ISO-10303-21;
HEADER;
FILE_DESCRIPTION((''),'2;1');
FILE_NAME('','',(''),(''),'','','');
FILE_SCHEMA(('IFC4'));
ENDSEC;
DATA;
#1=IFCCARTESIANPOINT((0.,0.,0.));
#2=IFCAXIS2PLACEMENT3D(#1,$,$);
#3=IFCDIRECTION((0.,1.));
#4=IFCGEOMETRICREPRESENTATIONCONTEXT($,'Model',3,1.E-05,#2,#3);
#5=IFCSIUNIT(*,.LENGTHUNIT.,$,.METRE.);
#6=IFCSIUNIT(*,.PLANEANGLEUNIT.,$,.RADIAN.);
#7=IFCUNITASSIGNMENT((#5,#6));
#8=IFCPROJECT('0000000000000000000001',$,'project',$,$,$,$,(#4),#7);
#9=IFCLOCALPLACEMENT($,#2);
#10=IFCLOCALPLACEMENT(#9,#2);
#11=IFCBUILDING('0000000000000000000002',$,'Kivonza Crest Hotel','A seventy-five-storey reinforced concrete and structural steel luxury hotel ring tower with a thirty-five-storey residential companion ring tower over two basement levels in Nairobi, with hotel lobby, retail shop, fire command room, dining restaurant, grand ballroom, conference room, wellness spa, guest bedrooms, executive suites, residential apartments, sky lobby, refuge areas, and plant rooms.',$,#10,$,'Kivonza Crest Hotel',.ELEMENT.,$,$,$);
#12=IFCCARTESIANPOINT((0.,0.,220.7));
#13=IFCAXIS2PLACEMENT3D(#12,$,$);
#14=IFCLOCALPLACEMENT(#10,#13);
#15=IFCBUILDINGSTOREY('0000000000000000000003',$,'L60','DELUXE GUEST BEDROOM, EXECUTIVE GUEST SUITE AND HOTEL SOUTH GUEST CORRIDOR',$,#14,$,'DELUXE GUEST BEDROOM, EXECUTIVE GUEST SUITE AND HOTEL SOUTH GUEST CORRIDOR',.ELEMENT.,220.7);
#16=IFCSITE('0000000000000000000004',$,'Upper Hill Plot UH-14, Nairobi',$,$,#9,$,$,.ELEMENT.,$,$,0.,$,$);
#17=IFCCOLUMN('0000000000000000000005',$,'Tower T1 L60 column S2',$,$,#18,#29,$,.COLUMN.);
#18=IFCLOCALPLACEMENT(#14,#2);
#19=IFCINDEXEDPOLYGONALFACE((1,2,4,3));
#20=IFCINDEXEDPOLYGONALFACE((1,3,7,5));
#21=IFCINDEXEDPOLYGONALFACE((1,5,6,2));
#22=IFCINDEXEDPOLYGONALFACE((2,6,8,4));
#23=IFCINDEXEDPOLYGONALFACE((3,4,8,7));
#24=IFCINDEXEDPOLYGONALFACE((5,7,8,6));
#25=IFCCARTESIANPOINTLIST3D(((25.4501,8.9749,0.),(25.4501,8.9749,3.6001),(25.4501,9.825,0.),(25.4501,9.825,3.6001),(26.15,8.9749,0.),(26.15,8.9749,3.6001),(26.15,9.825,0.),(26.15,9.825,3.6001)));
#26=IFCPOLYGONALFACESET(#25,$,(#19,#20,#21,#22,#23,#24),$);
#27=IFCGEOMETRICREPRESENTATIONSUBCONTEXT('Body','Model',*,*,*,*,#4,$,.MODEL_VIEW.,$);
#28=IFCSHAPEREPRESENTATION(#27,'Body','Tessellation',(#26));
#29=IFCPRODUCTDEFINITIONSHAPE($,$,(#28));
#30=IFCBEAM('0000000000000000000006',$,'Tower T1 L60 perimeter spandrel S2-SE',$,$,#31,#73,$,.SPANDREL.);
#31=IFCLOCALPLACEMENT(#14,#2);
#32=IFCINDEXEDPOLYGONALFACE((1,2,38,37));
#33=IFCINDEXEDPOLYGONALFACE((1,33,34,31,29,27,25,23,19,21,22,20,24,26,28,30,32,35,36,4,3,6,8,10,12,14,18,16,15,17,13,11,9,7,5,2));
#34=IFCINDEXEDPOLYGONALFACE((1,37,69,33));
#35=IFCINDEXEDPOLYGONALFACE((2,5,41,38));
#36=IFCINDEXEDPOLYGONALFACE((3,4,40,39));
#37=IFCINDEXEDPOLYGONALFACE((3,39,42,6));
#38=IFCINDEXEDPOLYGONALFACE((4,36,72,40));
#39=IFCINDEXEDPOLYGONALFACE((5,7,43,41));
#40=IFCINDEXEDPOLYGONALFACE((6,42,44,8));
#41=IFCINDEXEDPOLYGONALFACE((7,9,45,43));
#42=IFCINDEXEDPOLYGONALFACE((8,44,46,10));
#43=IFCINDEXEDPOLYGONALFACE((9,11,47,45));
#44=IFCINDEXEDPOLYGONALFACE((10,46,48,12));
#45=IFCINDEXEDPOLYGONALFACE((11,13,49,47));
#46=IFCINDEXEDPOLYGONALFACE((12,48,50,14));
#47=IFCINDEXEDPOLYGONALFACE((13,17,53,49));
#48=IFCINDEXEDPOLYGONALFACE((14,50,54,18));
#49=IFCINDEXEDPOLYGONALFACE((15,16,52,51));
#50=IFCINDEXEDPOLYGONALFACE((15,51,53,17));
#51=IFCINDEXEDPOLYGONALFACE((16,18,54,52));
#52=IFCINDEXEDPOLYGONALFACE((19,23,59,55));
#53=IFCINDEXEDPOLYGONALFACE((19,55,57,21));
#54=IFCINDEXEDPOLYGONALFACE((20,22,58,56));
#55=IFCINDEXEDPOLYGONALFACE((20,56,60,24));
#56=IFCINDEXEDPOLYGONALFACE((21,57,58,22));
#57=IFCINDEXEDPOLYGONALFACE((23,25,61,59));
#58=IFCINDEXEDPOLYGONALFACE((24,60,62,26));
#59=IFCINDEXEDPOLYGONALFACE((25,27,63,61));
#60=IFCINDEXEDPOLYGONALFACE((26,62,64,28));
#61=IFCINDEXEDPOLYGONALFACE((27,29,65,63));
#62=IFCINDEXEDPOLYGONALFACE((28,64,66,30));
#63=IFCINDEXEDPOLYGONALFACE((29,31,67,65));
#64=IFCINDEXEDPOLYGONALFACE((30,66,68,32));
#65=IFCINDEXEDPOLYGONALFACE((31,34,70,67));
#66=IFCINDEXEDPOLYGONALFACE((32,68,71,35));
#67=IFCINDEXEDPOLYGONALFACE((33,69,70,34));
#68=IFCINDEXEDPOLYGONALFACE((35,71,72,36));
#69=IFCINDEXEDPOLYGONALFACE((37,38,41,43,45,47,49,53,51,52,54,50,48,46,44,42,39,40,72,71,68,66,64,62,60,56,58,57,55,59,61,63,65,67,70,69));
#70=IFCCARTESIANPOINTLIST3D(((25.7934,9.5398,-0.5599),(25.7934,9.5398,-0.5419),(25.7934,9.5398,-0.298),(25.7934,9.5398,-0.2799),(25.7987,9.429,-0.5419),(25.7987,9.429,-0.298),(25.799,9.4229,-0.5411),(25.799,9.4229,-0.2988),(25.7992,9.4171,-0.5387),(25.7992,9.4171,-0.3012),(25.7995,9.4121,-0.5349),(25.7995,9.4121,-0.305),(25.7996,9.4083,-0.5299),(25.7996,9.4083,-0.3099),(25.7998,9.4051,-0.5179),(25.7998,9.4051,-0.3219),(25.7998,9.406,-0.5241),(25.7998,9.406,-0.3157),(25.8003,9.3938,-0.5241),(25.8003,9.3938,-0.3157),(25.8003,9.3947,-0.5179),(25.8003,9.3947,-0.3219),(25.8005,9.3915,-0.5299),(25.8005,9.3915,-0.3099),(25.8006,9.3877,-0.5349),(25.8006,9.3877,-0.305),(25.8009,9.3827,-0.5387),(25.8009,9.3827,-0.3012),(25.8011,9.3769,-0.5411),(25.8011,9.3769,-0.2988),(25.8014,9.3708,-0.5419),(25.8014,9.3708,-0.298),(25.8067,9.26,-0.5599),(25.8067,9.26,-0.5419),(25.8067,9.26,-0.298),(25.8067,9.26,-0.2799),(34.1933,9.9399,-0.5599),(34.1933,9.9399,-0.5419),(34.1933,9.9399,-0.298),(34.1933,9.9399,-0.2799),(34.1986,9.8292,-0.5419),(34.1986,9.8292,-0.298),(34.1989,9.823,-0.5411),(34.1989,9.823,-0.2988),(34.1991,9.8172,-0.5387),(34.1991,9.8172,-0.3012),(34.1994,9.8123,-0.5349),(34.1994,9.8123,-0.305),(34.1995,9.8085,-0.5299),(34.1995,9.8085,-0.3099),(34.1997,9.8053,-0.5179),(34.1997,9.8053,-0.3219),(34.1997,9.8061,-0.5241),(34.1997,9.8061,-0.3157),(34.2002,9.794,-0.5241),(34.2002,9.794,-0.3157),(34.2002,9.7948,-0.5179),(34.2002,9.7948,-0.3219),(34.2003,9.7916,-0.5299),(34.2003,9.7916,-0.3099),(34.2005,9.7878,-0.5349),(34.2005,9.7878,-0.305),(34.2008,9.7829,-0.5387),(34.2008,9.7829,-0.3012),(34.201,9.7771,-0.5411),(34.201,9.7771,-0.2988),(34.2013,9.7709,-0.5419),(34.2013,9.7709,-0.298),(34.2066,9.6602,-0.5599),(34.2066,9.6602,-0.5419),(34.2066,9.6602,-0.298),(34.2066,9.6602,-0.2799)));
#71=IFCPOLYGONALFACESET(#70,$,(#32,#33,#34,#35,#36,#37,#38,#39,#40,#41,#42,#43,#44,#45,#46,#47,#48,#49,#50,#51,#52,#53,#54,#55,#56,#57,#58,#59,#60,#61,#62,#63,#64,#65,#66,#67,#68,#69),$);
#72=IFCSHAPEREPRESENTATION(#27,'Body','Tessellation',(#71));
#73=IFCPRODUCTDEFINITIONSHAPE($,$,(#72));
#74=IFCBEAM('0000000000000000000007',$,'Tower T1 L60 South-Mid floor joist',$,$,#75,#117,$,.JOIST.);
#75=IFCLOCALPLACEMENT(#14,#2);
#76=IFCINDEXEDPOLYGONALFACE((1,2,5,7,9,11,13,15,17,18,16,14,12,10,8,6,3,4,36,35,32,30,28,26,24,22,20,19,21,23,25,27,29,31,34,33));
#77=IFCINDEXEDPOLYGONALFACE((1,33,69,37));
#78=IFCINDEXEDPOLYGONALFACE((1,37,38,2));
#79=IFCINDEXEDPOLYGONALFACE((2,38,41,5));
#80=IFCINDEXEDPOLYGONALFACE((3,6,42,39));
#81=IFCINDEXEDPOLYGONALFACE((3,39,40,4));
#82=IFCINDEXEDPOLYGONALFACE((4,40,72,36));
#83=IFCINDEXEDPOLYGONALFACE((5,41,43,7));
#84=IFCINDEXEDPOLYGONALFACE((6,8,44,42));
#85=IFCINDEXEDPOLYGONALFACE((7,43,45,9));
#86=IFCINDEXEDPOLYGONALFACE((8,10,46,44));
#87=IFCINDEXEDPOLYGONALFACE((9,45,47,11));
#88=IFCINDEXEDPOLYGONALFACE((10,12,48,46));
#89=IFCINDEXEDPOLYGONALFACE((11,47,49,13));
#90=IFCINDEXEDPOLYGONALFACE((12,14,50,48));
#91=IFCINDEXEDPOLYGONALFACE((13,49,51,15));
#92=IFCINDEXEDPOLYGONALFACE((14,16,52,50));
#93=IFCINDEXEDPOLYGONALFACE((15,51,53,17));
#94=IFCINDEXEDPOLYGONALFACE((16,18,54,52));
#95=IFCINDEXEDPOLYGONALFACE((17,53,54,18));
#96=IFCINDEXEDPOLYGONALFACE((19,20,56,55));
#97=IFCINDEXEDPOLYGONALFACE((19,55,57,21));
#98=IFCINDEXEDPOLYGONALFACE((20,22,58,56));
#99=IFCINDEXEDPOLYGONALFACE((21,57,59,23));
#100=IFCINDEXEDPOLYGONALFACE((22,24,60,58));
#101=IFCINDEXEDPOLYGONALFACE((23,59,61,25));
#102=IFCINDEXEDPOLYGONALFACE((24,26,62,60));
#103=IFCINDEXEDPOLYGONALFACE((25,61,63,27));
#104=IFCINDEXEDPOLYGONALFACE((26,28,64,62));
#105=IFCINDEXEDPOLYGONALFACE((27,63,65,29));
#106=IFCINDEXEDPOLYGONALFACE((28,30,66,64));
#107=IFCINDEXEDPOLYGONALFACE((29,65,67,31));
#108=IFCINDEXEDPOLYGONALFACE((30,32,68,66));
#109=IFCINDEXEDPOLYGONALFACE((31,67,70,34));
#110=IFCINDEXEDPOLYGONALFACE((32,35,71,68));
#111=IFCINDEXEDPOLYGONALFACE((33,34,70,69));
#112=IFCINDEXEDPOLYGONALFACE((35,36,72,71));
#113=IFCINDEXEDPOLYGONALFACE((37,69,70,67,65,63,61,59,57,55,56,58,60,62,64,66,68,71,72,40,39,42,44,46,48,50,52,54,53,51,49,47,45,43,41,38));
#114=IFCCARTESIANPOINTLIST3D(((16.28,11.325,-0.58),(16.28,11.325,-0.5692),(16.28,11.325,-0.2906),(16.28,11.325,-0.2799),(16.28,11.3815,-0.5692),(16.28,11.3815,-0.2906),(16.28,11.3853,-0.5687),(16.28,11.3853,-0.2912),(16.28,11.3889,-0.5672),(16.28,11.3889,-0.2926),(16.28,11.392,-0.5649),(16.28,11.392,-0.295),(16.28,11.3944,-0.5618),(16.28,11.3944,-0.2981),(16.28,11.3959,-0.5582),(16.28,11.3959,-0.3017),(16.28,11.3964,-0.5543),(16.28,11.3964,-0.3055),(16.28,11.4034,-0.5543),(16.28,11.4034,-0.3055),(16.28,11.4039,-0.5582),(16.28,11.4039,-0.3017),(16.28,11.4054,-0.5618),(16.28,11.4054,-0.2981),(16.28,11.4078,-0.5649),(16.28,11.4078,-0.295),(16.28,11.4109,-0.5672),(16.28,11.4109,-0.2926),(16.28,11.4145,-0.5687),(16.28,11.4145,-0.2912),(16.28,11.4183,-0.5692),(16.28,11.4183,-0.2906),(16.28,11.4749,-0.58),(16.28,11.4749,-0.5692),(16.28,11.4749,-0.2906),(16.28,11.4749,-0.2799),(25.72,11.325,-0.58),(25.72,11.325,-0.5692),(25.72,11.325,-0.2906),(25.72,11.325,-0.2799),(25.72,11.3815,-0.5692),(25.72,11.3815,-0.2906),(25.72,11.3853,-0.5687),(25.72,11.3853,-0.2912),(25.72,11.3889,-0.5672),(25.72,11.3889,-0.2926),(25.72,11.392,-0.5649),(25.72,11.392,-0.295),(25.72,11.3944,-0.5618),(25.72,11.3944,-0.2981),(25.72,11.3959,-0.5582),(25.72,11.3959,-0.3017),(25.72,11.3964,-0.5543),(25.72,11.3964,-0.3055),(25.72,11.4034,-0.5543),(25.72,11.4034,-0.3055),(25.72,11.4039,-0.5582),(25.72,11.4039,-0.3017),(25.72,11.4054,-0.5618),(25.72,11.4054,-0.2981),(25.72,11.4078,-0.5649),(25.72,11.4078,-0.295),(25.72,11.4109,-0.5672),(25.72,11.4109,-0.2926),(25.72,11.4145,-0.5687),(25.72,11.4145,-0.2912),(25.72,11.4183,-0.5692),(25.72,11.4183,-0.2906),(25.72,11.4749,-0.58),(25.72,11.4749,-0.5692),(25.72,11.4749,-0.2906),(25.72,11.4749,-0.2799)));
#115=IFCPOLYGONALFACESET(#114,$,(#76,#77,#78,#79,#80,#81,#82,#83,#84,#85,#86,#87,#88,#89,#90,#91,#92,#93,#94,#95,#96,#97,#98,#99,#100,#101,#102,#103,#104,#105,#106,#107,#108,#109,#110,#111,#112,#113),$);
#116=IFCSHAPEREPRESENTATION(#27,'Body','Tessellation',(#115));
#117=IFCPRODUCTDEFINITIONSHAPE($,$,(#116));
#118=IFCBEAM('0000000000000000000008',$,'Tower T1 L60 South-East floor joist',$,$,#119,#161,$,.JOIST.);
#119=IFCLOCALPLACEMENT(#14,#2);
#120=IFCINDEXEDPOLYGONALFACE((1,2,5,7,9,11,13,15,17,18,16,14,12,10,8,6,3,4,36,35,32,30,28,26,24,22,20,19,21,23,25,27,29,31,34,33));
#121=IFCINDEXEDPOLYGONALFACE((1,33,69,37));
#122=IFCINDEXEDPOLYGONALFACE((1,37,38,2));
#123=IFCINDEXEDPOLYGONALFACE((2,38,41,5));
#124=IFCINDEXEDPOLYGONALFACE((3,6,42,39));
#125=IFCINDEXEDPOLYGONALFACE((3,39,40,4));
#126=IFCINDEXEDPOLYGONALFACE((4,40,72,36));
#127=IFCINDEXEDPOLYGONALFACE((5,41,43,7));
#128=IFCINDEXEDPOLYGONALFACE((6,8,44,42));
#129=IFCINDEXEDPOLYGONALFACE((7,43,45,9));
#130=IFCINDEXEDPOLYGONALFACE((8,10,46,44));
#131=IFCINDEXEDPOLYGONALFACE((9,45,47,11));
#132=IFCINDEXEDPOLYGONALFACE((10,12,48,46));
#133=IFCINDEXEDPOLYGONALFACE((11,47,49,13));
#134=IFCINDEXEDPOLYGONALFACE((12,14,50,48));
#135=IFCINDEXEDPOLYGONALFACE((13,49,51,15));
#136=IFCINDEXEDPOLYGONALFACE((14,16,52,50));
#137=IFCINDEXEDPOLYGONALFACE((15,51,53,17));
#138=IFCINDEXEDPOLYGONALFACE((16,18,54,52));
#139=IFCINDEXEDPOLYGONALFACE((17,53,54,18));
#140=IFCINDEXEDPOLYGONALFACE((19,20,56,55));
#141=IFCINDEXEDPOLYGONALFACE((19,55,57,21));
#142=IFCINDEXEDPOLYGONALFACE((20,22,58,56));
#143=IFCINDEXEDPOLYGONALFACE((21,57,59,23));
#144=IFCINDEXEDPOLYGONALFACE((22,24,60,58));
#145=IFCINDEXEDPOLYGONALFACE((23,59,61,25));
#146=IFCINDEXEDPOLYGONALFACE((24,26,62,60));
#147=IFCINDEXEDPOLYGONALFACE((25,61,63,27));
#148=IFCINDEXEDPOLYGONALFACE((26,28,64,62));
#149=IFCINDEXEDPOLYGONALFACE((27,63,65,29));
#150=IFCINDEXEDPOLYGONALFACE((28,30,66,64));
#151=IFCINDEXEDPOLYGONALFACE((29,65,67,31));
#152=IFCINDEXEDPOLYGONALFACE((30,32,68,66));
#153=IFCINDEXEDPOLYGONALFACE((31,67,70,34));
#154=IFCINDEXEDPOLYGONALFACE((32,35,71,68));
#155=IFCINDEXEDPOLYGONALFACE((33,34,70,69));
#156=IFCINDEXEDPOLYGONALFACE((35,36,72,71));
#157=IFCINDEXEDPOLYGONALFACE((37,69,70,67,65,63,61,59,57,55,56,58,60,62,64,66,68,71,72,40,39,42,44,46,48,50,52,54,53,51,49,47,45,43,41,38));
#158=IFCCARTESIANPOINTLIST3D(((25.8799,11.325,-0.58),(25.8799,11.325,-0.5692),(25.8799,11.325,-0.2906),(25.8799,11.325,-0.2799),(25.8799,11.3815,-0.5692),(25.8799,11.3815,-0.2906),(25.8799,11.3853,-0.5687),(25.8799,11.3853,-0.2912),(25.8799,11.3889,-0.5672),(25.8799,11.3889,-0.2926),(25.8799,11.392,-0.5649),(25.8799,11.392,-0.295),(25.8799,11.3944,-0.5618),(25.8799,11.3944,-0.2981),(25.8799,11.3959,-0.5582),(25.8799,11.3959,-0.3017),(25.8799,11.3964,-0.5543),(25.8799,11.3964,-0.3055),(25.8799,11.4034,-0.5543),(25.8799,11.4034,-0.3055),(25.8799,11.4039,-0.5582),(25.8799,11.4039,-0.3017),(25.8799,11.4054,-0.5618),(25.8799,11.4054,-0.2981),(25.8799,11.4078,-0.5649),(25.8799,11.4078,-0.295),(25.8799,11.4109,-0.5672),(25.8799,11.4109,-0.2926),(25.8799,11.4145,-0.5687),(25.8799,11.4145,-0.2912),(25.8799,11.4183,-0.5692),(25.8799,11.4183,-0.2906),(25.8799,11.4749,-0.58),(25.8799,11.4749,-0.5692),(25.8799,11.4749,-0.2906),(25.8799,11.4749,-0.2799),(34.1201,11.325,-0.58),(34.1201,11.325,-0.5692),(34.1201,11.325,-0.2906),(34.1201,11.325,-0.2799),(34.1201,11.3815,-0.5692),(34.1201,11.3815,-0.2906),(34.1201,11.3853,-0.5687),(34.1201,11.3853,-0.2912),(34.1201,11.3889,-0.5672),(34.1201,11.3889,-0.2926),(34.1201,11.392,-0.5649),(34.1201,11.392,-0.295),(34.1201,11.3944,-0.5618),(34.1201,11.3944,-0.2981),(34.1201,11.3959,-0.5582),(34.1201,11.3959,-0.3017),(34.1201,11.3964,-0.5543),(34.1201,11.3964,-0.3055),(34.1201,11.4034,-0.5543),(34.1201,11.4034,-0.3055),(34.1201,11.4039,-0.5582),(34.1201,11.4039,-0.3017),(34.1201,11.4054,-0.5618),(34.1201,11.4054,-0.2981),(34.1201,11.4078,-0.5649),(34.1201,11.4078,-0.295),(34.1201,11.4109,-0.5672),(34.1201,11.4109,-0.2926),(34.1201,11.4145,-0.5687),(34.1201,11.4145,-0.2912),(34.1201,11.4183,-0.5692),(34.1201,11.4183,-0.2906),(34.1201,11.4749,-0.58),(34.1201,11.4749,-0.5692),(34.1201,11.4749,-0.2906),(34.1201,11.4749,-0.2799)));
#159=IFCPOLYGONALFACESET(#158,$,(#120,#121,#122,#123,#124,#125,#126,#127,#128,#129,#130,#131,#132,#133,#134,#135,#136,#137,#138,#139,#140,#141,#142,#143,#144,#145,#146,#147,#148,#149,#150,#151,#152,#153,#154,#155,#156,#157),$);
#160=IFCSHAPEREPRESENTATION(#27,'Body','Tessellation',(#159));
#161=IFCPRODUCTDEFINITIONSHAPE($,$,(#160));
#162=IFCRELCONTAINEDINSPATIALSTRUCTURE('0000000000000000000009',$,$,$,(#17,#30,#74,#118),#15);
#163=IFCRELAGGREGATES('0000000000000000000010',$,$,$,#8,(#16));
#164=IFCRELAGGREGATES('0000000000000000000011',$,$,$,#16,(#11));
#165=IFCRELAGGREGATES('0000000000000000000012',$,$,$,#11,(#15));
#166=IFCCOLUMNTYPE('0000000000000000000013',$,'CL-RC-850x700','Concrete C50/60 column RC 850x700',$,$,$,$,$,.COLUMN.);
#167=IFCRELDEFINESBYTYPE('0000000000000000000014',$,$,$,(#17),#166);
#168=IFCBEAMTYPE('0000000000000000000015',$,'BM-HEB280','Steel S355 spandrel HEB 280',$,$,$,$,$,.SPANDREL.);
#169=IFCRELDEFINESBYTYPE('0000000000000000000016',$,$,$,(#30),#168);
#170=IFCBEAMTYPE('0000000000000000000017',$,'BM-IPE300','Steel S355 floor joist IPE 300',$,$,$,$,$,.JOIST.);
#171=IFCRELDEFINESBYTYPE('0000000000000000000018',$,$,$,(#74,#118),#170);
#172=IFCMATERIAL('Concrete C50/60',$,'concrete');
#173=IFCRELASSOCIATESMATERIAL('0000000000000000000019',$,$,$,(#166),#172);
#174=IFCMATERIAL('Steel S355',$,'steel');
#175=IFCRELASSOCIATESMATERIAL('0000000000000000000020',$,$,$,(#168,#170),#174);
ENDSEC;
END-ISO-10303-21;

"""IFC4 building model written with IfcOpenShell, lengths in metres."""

from ifc_helpers import new_model, si_unit, direction, frame, origin, origin_2d, place, context, subcontext, project, spatial, rectangle, i_section, extrude, material, material_profile, profile_set, type_object, element, save


model = new_model("IFC4")

# Units and contexts
model_context = context("Model", 3, precision=1e-05, world=origin(), true_north=direction((0.0, 1.0)))
body_context = subcontext(model_context, "Body", "Model", "MODEL_VIEW")
ifc_project = project(units=[si_unit("LENGTHUNIT", "METRE"), si_unit("PLANEANGLEUNIT", "RADIAN")], contexts=[model_context])

# Site, building, storey
site_placement = place(None, origin())
site = spatial("IfcSite", under=ifc_project, at=site_placement, Name="Upper Hill Plot UH-14, Nairobi", CompositionType="ELEMENT", RefElevation=0.0)
building_placement = place(site_placement, origin())
building = spatial("IfcBuilding", under=site, at=building_placement, Name="Kivonza Crest Hotel", Description="A seventy-five-storey reinforced concrete and structural steel luxury hotel ring tower with a thirty-five-storey residential companion ring tower over two basement levels in Nairobi, with hotel lobby, retail shop, fire command room, dining restaurant, grand ballroom, conference room, wellness spa, guest bedrooms, executive suites, residential apartments, sky lobby, refuge areas, and plant rooms.", LongName="Kivonza Crest Hotel", CompositionType="ELEMENT")
storey_placement = place(building_placement, frame((0.0, 0.0, 220.7)))
storey = spatial("IfcBuildingStorey", under=building, at=storey_placement, Name="L60", Description="DELUXE GUEST BEDROOM, EXECUTIVE GUEST SUITE AND HOTEL SOUTH GUEST CORRIDOR", LongName="DELUXE GUEST BEDROOM, EXECUTIVE GUEST SUITE AND HOTEL SOUTH GUEST CORRIDOR", CompositionType="ELEMENT", Elevation=220.7)

# Column
ifc_material_1 = material(Name="Concrete C50/60", Category="concrete")
ifc_material_profile_1 = material_profile(ifc_material_1, rectangle(XDim=0.7, YDim=0.8501, at=origin_2d()), Name="RC 850x700")
ifc_profile_set_1 = profile_set([ifc_material_profile_1], Name="Concrete C50/60")
column_type = type_object("IfcColumnType", Name="CL-RC-850x700", Description="Concrete C50/60 column RC 850x700", PredefinedType="COLUMN", material=ifc_profile_set_1)
column_placement = place(storey_placement, frame((25.8, 9.3999, 0.0), z_axis=(0.0, 0.0, 1.0), x_axis=(1.0, 0.0, 0.0)))
element("IfcColumn", 1, at=column_placement, inside=storey, type_object=column_type, Name="Tower T1 L60 column S2", PredefinedType="COLUMN", context=body_context, shape_type="SweptSolid", body=[
    extrude(rectangle(XDim=0.7, YDim=0.8501, at=origin_2d()), origin(), (0.0, 0.0, 1.0), 3.6001),
])

# Beams
ifc_material_2 = material(Name="Steel S355", Category="steel")
ifc_material_profile_2 = material_profile(ifc_material_2, i_section(OverallWidth=0.28, OverallDepth=0.28, WebThickness=0.0105, FlangeThickness=0.0181, FilletRadius=0.0239, at=origin_2d()), Name="HEB 280")
ifc_profile_set_2 = profile_set([ifc_material_profile_2], Name="Steel S355")
beam_type_1 = type_object("IfcBeamType", Name="BM-HEB280", Description="Steel S355 spandrel HEB 280", PredefinedType="SPANDREL", material=ifc_profile_set_2)
beam_1_placement = place(storey_placement, frame((25.8, 9.3999, -0.4199), z_axis=(0.998867, 0.047583, 0.0), x_axis=(-0.047583, 0.998867, 0.0)))
element("IfcBeam", 2, at=beam_1_placement, inside=storey, type_object=beam_type_1, Name="Tower T1 L60 perimeter spandrel S2-SE", PredefinedType="SPANDREL", context=body_context, shape_type="SweptSolid", body=[
    extrude(i_section(OverallWidth=0.28, OverallDepth=0.28, WebThickness=0.0105, FlangeThickness=0.0181, FilletRadius=0.0239, at=origin_2d()), origin(), (0.0, 0.0, 1.0), 8.4094),
])
ifc_material_profile_3 = material_profile(ifc_material_2, i_section(OverallWidth=0.1499, OverallDepth=0.3, WebThickness=0.0071, FlangeThickness=0.0107, FilletRadius=0.0149, at=origin_2d()), Name="IPE 300")
ifc_profile_set_3 = profile_set([ifc_material_profile_3], Name="Steel S355")
beam_type_2 = type_object("IfcBeamType", Name="BM-IPE300", Description="Steel S355 floor joist IPE 300", PredefinedType="JOIST", material=ifc_profile_set_3)
beam_2_placement = place(storey_placement, frame((16.28, 11.3999, -0.4299), z_axis=(1.0, 0.0, 0.0), x_axis=(0.0, 1.0, 0.0)))
element("IfcBeam", 3, at=beam_2_placement, inside=storey, type_object=beam_type_2, Name="Tower T1 L60 South-Mid floor joist", PredefinedType="JOIST", context=body_context, shape_type="SweptSolid", body=[
    extrude(i_section(OverallWidth=0.1499, OverallDepth=0.3, WebThickness=0.0071, FlangeThickness=0.0107, FilletRadius=0.0149, at=origin_2d()), origin(), (0.0, 0.0, 1.0), 9.4399),
])
beam_3_placement = place(storey_placement, frame((25.8799, 11.3999, -0.4299), z_axis=(1.0, 0.0, 0.0), x_axis=(0.0, 1.0, 0.0)))
element("IfcBeam", 4, at=beam_3_placement, inside=storey, type_object=beam_type_2, Name="Tower T1 L60 South-East floor joist", PredefinedType="JOIST", context=body_context, shape_type="SweptSolid", body=[
    extrude(i_section(OverallWidth=0.1499, OverallDepth=0.3, WebThickness=0.0071, FlangeThickness=0.0107, FilletRadius=0.0149, at=origin_2d()), origin(), (0.0, 0.0, 1.0), 8.2402),
])

save(model, "model.ifc")
